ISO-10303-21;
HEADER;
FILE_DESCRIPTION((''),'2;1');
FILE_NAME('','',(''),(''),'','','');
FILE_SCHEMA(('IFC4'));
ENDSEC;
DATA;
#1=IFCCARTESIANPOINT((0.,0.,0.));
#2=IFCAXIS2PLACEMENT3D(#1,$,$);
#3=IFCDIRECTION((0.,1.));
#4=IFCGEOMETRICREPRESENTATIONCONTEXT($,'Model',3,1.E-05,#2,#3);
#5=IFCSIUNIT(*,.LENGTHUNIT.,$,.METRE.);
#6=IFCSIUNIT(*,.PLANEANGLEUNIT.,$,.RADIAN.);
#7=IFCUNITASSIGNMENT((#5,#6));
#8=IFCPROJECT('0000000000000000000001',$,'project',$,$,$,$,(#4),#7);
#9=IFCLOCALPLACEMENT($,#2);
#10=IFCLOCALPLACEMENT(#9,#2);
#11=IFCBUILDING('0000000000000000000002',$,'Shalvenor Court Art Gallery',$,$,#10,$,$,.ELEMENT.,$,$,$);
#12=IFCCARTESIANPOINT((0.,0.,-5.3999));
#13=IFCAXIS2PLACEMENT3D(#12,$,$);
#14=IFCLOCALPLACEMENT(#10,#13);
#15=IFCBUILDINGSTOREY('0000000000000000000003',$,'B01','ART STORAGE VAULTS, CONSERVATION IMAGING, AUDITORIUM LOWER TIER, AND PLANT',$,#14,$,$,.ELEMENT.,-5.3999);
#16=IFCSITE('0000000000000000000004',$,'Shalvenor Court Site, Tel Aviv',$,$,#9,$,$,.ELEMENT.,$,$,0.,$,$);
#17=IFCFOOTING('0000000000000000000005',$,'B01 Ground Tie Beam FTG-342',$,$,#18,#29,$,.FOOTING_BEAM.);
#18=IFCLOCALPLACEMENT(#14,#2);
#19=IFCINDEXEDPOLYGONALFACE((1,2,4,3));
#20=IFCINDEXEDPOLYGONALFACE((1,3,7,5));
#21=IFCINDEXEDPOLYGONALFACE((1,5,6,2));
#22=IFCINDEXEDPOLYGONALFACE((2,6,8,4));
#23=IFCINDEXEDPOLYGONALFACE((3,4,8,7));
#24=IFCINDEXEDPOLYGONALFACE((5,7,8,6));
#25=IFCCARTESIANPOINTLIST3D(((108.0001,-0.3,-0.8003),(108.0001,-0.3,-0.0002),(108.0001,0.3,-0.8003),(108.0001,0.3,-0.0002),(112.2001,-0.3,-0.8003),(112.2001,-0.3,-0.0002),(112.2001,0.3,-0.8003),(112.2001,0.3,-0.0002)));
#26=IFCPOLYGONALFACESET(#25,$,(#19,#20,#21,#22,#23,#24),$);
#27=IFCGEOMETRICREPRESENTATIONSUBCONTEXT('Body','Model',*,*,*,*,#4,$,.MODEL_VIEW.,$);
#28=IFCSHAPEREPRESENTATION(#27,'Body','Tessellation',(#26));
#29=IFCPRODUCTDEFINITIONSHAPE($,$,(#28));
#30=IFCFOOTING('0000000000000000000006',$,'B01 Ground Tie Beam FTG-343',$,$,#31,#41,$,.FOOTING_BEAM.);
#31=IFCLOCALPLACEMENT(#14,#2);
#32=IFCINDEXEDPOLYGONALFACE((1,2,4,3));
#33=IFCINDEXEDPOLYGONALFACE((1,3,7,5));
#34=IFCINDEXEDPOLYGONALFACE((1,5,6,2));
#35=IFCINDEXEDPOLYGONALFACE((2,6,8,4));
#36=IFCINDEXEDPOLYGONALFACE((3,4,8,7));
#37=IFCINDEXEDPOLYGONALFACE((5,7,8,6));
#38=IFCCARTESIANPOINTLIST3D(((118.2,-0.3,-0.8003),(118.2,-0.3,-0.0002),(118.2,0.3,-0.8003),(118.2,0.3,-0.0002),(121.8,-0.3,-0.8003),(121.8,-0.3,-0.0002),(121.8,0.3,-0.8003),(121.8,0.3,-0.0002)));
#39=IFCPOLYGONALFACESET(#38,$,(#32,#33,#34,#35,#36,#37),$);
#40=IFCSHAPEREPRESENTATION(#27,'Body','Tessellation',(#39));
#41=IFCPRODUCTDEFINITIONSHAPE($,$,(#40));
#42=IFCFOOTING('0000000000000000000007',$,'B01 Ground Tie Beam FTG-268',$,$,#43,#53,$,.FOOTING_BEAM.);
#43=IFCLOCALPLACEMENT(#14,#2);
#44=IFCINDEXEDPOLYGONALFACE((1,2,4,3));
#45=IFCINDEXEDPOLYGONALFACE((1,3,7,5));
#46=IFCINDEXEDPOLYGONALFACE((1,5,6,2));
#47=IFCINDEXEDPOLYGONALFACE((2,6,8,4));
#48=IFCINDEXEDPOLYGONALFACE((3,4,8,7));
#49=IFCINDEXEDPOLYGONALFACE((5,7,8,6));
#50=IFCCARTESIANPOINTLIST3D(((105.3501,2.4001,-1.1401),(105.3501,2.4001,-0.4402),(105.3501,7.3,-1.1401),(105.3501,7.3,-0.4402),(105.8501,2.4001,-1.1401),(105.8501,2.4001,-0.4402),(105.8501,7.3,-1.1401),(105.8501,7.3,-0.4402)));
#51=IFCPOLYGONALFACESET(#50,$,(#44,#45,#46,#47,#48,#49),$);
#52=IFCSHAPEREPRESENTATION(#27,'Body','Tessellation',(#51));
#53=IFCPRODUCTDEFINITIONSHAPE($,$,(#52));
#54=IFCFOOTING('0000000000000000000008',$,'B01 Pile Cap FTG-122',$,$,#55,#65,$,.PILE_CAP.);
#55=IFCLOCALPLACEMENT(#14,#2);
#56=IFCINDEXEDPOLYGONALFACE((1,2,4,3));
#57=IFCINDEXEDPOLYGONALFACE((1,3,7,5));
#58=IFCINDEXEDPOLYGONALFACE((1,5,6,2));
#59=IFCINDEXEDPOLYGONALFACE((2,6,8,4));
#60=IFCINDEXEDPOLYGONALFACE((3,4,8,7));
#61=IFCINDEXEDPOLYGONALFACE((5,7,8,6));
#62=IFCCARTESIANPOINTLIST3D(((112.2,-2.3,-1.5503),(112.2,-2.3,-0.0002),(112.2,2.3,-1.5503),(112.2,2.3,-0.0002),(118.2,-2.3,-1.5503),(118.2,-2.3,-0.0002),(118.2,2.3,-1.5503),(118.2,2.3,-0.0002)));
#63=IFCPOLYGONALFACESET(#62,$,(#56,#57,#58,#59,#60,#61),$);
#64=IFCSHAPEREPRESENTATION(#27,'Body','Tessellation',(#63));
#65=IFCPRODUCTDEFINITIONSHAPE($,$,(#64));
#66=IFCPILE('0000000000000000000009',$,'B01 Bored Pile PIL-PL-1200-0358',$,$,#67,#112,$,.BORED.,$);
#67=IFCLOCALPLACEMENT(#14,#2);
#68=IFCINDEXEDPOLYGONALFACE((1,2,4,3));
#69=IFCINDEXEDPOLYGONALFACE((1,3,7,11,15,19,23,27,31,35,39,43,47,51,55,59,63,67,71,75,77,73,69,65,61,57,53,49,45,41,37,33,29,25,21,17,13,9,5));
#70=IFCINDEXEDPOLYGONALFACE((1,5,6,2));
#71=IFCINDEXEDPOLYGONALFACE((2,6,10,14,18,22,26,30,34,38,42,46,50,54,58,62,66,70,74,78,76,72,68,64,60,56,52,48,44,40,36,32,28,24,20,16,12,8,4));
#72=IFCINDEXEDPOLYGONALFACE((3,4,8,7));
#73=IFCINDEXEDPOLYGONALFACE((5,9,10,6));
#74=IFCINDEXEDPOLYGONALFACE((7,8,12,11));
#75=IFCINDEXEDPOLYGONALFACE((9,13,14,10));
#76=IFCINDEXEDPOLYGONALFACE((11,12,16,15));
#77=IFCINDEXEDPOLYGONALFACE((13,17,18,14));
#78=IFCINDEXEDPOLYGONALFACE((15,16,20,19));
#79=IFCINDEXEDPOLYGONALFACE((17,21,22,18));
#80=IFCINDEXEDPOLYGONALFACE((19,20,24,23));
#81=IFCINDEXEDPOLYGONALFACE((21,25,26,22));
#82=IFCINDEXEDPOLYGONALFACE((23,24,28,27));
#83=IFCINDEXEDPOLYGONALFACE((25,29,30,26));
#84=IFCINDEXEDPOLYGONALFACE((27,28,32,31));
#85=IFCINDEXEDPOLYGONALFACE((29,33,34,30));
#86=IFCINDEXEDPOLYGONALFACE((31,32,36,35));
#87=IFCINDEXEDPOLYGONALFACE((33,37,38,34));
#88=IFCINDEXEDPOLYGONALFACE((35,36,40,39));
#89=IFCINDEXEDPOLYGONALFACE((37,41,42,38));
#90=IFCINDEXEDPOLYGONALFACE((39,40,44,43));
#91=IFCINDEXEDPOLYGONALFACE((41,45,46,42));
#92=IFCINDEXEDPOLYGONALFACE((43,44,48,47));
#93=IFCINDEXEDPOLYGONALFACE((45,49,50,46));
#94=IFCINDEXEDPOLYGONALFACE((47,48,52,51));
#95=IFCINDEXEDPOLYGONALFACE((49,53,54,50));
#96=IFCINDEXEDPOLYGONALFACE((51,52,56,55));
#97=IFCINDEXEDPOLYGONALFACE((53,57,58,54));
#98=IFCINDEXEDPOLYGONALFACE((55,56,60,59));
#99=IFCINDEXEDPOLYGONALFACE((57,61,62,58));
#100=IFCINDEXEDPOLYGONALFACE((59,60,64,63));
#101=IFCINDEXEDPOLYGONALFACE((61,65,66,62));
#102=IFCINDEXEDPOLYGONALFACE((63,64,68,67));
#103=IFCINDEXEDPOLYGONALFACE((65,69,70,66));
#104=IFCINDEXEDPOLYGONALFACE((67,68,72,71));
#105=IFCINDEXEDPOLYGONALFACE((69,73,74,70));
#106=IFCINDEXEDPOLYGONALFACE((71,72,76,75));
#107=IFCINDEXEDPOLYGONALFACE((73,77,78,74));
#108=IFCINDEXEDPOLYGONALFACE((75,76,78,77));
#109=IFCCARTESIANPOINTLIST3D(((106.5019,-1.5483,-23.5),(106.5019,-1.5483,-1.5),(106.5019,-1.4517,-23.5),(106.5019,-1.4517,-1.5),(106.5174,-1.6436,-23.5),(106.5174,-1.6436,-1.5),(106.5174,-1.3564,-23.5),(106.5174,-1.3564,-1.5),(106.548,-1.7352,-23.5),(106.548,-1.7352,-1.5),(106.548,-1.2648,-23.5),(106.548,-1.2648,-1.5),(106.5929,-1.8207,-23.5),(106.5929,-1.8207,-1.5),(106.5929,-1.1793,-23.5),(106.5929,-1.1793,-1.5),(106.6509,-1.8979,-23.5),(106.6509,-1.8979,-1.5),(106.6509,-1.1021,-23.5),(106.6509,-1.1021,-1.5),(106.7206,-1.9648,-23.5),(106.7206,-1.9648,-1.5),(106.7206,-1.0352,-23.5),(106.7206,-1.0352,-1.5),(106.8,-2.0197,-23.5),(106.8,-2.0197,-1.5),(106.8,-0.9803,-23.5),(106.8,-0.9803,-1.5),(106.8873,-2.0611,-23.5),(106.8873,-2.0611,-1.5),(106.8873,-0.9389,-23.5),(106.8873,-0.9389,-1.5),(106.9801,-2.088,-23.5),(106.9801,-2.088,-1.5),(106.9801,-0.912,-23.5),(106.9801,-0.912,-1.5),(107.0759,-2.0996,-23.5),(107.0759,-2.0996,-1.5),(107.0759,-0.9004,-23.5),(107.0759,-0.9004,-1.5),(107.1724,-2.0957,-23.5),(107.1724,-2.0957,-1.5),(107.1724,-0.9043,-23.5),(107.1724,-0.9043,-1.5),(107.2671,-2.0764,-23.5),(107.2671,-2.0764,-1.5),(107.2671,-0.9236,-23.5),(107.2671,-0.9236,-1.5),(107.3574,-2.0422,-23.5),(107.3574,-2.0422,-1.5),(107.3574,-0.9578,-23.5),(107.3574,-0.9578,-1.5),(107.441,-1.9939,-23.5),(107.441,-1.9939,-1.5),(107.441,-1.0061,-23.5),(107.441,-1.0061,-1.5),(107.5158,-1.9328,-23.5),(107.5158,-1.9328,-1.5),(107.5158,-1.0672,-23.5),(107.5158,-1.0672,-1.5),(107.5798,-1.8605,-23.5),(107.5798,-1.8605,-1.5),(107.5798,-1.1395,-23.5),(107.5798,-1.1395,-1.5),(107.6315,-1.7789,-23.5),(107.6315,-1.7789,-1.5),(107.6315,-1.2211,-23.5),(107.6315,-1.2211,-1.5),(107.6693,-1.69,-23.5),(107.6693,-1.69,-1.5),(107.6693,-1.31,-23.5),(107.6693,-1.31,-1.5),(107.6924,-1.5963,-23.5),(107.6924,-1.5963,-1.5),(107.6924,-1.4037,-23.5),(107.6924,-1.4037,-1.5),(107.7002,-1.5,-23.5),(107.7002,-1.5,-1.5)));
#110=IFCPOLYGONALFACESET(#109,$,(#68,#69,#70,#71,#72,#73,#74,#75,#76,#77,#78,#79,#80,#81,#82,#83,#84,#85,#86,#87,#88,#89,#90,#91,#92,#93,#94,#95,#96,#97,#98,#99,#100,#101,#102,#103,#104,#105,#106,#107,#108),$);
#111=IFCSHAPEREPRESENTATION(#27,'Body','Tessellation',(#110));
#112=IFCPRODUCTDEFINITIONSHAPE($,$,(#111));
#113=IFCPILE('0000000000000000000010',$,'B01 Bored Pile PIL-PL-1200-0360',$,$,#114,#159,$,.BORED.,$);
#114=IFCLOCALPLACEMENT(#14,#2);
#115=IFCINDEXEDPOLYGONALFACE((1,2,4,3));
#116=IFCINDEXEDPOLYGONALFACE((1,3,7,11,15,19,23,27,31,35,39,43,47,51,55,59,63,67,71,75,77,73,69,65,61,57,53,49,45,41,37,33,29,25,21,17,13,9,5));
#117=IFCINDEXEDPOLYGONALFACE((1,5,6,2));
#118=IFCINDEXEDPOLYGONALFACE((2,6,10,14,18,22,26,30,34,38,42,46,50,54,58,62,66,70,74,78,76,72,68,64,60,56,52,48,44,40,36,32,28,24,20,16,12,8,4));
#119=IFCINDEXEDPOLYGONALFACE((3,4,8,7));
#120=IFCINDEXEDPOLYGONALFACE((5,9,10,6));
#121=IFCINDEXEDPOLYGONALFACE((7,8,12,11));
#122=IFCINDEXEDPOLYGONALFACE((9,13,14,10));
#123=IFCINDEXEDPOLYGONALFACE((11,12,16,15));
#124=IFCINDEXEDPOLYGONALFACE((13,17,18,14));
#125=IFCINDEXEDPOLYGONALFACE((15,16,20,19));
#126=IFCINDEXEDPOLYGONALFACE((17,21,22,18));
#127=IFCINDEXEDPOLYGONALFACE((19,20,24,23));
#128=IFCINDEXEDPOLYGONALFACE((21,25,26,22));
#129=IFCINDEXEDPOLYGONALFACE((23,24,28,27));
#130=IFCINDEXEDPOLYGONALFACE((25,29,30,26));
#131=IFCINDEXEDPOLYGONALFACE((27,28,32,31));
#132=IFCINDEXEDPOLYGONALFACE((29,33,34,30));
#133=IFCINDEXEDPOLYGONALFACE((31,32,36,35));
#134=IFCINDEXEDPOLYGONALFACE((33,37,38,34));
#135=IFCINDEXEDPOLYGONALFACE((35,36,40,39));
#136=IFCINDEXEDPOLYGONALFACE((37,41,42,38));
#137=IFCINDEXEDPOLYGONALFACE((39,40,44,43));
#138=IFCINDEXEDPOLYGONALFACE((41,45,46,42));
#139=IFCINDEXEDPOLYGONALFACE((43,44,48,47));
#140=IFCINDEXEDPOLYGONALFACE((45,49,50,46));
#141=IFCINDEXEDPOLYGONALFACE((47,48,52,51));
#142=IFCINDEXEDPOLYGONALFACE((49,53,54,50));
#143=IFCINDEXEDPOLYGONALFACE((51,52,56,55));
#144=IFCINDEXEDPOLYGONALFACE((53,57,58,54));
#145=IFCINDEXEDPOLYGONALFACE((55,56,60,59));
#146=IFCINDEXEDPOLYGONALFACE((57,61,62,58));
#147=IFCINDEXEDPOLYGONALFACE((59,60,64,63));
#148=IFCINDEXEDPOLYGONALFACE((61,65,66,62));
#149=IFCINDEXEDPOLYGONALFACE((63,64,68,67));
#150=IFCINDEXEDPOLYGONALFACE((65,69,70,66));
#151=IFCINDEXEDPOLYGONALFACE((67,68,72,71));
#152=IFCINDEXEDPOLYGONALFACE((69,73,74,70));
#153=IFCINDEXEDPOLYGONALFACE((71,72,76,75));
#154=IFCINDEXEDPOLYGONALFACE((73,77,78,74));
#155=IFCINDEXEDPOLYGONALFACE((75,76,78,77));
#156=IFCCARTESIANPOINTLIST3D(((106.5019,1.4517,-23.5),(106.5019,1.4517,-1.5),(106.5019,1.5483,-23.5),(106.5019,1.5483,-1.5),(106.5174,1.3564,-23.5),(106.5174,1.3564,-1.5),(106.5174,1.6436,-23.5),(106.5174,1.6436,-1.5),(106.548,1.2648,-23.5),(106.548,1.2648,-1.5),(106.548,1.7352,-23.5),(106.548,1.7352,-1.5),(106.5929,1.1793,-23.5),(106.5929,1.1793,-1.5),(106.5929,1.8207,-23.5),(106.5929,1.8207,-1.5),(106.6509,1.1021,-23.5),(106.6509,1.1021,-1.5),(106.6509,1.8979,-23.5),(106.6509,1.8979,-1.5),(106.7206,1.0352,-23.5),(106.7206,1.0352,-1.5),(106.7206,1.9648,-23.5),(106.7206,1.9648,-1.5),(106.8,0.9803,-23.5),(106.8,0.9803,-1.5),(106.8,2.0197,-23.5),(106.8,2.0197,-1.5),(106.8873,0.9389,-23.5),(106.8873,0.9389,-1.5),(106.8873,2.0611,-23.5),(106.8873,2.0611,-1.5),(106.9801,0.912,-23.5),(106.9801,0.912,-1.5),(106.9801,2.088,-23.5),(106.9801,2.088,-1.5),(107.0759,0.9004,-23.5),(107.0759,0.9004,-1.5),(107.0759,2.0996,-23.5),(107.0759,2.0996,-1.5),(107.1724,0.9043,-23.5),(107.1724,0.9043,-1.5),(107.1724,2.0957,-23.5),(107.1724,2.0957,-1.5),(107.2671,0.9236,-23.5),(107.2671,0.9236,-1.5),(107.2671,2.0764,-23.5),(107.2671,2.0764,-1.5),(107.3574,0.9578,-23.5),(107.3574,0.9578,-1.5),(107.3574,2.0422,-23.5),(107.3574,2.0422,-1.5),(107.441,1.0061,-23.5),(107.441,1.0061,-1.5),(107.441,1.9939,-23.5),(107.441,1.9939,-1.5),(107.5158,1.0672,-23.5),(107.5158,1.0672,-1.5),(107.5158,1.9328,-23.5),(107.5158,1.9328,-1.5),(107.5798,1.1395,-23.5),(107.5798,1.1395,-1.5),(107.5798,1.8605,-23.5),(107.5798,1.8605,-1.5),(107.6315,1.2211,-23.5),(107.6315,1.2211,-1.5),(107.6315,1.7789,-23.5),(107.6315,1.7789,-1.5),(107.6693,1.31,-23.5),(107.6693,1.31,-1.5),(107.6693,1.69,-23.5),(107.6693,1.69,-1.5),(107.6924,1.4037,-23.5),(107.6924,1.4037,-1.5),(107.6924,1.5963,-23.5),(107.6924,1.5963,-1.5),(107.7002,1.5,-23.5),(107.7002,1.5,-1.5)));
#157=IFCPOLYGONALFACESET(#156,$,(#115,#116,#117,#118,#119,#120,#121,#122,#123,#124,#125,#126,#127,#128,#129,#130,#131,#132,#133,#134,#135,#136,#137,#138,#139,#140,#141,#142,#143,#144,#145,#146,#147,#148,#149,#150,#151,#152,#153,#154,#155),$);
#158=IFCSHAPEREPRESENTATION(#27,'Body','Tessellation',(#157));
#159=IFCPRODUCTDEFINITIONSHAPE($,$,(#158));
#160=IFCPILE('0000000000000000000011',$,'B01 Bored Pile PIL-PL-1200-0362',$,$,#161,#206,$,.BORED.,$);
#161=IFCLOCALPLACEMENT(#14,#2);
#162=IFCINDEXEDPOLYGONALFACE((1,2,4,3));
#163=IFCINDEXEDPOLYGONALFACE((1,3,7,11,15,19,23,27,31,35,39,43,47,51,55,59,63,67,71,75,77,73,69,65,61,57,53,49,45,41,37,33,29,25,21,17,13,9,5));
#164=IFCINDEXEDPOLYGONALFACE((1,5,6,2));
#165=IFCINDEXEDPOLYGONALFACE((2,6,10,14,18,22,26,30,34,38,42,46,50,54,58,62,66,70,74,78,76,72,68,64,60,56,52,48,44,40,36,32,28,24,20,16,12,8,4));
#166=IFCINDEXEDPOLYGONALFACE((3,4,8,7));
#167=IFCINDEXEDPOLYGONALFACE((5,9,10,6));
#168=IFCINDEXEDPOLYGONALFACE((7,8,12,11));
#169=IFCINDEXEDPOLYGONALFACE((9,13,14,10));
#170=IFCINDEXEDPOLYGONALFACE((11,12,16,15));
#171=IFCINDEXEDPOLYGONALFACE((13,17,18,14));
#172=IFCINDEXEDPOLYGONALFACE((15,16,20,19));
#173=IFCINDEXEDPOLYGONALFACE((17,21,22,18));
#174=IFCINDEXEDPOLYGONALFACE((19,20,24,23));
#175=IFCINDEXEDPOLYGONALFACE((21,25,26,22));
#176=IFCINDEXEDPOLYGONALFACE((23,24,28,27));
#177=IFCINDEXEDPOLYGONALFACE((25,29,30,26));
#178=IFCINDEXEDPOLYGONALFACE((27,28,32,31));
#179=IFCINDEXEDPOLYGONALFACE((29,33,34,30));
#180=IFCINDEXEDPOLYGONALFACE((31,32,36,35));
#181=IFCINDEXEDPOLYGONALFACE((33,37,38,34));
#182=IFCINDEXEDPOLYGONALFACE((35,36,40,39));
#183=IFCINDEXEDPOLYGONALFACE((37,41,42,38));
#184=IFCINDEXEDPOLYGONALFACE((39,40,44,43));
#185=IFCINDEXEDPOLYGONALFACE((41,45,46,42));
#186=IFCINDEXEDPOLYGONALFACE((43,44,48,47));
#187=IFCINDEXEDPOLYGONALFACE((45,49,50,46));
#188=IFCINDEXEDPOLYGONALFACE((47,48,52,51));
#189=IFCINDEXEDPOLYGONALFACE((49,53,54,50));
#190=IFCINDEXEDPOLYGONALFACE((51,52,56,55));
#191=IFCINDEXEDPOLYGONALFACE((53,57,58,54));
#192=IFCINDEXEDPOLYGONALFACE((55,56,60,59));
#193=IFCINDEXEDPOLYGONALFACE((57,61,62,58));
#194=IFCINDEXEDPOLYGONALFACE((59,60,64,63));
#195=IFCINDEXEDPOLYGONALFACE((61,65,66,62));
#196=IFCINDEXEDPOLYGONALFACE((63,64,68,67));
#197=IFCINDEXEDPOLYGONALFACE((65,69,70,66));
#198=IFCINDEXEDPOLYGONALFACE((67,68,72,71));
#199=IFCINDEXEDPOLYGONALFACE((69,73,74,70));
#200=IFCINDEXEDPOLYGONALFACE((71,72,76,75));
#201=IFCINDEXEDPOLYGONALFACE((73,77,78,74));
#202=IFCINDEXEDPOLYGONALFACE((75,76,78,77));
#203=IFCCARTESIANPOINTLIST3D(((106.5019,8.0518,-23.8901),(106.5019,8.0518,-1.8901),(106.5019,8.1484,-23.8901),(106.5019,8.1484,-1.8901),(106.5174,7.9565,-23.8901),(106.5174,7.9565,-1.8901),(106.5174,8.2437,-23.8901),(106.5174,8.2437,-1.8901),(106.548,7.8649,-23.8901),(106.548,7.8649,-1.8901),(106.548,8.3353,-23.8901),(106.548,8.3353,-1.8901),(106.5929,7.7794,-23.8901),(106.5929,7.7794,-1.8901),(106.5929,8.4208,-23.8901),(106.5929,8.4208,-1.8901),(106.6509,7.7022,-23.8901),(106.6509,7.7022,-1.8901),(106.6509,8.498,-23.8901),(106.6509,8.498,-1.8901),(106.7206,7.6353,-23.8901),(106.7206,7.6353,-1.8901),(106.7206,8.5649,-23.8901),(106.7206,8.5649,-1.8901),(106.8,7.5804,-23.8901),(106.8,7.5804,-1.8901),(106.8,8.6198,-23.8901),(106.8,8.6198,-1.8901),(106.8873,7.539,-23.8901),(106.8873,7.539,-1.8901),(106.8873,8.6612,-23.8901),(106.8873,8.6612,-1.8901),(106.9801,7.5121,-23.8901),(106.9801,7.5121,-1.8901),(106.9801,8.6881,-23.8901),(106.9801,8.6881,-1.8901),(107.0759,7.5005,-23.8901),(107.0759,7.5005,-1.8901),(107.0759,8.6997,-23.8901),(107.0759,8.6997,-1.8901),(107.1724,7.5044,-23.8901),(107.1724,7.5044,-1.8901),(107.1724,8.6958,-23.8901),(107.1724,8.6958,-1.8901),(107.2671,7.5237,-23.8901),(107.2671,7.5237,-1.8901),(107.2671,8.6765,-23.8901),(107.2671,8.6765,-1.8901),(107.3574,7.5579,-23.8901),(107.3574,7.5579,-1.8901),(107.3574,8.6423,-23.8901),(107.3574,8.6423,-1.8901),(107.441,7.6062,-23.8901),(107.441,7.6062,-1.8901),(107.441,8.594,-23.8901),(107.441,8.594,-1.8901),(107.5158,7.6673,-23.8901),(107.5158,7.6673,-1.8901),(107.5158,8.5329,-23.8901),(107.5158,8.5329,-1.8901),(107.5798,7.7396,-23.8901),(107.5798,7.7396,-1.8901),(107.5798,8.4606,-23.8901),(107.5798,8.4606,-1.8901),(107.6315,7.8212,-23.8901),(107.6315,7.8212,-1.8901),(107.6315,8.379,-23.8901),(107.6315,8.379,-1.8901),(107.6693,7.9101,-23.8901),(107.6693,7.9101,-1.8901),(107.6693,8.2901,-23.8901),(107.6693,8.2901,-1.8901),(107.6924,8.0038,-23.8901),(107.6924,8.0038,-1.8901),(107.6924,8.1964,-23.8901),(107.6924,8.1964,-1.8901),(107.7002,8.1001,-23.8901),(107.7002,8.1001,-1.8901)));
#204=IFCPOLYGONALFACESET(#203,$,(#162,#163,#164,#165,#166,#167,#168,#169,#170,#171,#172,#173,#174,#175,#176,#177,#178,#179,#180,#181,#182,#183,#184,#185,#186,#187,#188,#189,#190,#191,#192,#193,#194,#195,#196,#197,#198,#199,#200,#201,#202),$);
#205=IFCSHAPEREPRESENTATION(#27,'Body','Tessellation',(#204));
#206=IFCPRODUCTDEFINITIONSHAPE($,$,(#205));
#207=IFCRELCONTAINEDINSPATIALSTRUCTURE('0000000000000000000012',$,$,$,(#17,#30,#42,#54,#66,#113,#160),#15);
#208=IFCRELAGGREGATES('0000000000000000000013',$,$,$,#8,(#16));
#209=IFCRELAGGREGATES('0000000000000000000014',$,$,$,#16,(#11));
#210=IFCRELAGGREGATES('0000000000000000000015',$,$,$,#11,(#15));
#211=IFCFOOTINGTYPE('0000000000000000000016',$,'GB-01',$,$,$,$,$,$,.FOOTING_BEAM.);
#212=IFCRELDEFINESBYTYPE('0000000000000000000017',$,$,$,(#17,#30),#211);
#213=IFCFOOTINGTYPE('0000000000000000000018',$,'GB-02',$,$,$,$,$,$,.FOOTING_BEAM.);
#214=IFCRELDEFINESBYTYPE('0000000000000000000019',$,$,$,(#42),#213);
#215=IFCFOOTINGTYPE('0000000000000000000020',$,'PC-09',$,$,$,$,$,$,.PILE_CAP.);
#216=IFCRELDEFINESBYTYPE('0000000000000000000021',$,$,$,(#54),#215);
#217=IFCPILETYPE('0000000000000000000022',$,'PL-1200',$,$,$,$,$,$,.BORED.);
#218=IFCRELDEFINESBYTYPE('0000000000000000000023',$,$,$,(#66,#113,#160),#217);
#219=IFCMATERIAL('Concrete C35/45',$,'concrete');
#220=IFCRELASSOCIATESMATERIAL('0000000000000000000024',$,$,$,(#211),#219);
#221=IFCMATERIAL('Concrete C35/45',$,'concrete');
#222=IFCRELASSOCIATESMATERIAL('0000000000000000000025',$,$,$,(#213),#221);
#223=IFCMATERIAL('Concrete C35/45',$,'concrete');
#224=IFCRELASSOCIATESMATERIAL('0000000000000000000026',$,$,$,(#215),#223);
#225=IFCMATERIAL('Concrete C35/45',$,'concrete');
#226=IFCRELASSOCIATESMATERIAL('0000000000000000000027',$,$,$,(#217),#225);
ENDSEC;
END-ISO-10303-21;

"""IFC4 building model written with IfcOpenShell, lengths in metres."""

from ifc_helpers import new_model, si_unit, direction, frame, origin, origin_2d, place, context, subcontext, project, spatial, rectangle, circle, extrude, material, material_profile, profile_set, type_object, element, save


model = new_model("IFC4")

# Units and contexts
model_context = context("Model", 3, precision=1e-05, world=origin(), true_north=direction((0.0, 1.0)))
body_context = subcontext(model_context, "Body", "Model", "MODEL_VIEW")
ifc_project = project(units=[si_unit("LENGTHUNIT", "METRE"), si_unit("PLANEANGLEUNIT", "RADIAN")], contexts=[model_context])

# Site, building, storey
site_placement = place(None, origin())
site = spatial("IfcSite", under=ifc_project, at=site_placement, Name="Shalvenor Court Site, Tel Aviv", CompositionType="ELEMENT", RefElevation=0.0)
building_placement = place(site_placement, origin())
building = spatial("IfcBuilding", under=site, at=building_placement, Name="Shalvenor Court Art Gallery", CompositionType="ELEMENT")
storey_placement = place(building_placement, frame((0.0, 0.0, -5.3999)))
storey = spatial("IfcBuildingStorey", under=building, at=storey_placement, Name="B01", Description="ART STORAGE VAULTS, CONSERVATION IMAGING, AUDITORIUM LOWER TIER, AND PLANT", CompositionType="ELEMENT", Elevation=-5.3999)

# Footings
ifc_material_1 = material(Name="Concrete C35/45", Category="concrete")
footing_type_1 = type_object("IfcFootingType", Name="GB-01", PredefinedType="FOOTING_BEAM", material=ifc_material_1)
footing_1_placement = place(storey_placement, frame((110.1001, 0.0, -0.8003), z_axis=(0.0, 0.0, 1.0), x_axis=(1.0, 0.0, 0.0)))
element("IfcFooting", 1, at=footing_1_placement, inside=storey, type_object=footing_type_1, Name="B01 Ground Tie Beam FTG-342", PredefinedType="FOOTING_BEAM", context=body_context, shape_type="SweptSolid", body=[
    extrude(rectangle(XDim=4.2, YDim=0.6001, at=origin_2d()), origin(), (0.0, 0.0, 1.0), 0.8),
])
footing_2_placement = place(storey_placement, frame((120.0, 0.0, -0.8003), z_axis=(0.0, 0.0, 1.0), x_axis=(1.0, 0.0, 0.0)))
element("IfcFooting", 2, at=footing_2_placement, inside=storey, type_object=footing_type_1, Name="B01 Ground Tie Beam FTG-343", PredefinedType="FOOTING_BEAM", context=body_context, shape_type="SweptSolid", body=[
    extrude(rectangle(XDim=3.6001, YDim=0.6001, at=origin_2d()), origin(), (0.0, 0.0, 1.0), 0.8),
])
ifc_material_2 = material(Name="Concrete C35/45", Category="concrete")
footing_type_2 = type_object("IfcFootingType", Name="GB-02", PredefinedType="FOOTING_BEAM", material=ifc_material_2)
footing_3_placement = place(storey_placement, frame((105.6001, 4.8501, -1.1401), z_axis=(0.0, 0.0, 1.0), x_axis=(0.0, 1.0, 0.0)))
element("IfcFooting", 3, at=footing_3_placement, inside=storey, type_object=footing_type_2, Name="B01 Ground Tie Beam FTG-268", PredefinedType="FOOTING_BEAM", context=body_context, shape_type="SweptSolid", body=[
    extrude(rectangle(XDim=4.8999, YDim=0.5, at=origin_2d()), origin(), (0.0, 0.0, 1.0), 0.7),
])
ifc_material_3 = material(Name="Concrete C35/45", Category="concrete")
footing_type_3 = type_object("IfcFootingType", Name="PC-09", PredefinedType="PILE_CAP", material=ifc_material_3)
footing_4_placement = place(storey_placement, frame((115.2, 0.0, -1.5503), z_axis=(0.0, 0.0, 1.0), x_axis=(1.0, 0.0, 0.0)))
element("IfcFooting", 4, at=footing_4_placement, inside=storey, type_object=footing_type_3, Name="B01 Pile Cap FTG-122", PredefinedType="PILE_CAP", context=body_context, shape_type="SweptSolid", body=[
    extrude(rectangle(XDim=6.0, YDim=4.6001, at=origin_2d()), origin(), (0.0, 0.0, 1.0), 1.55),
])

# Piles
ifc_material_4 = material(Name="Concrete C35/45", Category="concrete")
ifc_material_profile_1 = material_profile(ifc_material_4, circle(Radius=0.6001, at=origin_2d()), Name="PILE 1200")
ifc_profile_set_1 = profile_set([ifc_material_profile_1], Name="Concrete C35/45")
pile_type = type_object("IfcPileType", Name="PL-1200", PredefinedType="BORED", material=ifc_profile_set_1)
for number, where, z_axis, x_axis, name in (
    (5, (107.1001, -1.5, -1.5), (0.0, 0.0, -1.0), (1.0, 0.0, 0.0), "B01 Bored Pile PIL-PL-1200-0358"),
    (6, (107.1001, 1.5, -1.5), (0.0, 0.0, -1.0), (1.0, 0.0, 0.0), "B01 Bored Pile PIL-PL-1200-0360"),
    (7, (107.1001, 8.1001, -1.8901), (0.0, 0.0, -1.0), (1.0, 0.0, 0.0), "B01 Bored Pile PIL-PL-1200-0362"),
):
    element("IfcPile", number, at=place(storey_placement, frame(where, z_axis=z_axis, x_axis=x_axis)), inside=storey, type_object=pile_type, Name=name, PredefinedType="BORED", context=body_context, shape_type="SweptSolid", body=[
        extrude(circle(Radius=0.6001, at=origin_2d()), origin(), (0.0, 0.0, 1.0), 22.0),
    ])

save(model, "model.ifc")
